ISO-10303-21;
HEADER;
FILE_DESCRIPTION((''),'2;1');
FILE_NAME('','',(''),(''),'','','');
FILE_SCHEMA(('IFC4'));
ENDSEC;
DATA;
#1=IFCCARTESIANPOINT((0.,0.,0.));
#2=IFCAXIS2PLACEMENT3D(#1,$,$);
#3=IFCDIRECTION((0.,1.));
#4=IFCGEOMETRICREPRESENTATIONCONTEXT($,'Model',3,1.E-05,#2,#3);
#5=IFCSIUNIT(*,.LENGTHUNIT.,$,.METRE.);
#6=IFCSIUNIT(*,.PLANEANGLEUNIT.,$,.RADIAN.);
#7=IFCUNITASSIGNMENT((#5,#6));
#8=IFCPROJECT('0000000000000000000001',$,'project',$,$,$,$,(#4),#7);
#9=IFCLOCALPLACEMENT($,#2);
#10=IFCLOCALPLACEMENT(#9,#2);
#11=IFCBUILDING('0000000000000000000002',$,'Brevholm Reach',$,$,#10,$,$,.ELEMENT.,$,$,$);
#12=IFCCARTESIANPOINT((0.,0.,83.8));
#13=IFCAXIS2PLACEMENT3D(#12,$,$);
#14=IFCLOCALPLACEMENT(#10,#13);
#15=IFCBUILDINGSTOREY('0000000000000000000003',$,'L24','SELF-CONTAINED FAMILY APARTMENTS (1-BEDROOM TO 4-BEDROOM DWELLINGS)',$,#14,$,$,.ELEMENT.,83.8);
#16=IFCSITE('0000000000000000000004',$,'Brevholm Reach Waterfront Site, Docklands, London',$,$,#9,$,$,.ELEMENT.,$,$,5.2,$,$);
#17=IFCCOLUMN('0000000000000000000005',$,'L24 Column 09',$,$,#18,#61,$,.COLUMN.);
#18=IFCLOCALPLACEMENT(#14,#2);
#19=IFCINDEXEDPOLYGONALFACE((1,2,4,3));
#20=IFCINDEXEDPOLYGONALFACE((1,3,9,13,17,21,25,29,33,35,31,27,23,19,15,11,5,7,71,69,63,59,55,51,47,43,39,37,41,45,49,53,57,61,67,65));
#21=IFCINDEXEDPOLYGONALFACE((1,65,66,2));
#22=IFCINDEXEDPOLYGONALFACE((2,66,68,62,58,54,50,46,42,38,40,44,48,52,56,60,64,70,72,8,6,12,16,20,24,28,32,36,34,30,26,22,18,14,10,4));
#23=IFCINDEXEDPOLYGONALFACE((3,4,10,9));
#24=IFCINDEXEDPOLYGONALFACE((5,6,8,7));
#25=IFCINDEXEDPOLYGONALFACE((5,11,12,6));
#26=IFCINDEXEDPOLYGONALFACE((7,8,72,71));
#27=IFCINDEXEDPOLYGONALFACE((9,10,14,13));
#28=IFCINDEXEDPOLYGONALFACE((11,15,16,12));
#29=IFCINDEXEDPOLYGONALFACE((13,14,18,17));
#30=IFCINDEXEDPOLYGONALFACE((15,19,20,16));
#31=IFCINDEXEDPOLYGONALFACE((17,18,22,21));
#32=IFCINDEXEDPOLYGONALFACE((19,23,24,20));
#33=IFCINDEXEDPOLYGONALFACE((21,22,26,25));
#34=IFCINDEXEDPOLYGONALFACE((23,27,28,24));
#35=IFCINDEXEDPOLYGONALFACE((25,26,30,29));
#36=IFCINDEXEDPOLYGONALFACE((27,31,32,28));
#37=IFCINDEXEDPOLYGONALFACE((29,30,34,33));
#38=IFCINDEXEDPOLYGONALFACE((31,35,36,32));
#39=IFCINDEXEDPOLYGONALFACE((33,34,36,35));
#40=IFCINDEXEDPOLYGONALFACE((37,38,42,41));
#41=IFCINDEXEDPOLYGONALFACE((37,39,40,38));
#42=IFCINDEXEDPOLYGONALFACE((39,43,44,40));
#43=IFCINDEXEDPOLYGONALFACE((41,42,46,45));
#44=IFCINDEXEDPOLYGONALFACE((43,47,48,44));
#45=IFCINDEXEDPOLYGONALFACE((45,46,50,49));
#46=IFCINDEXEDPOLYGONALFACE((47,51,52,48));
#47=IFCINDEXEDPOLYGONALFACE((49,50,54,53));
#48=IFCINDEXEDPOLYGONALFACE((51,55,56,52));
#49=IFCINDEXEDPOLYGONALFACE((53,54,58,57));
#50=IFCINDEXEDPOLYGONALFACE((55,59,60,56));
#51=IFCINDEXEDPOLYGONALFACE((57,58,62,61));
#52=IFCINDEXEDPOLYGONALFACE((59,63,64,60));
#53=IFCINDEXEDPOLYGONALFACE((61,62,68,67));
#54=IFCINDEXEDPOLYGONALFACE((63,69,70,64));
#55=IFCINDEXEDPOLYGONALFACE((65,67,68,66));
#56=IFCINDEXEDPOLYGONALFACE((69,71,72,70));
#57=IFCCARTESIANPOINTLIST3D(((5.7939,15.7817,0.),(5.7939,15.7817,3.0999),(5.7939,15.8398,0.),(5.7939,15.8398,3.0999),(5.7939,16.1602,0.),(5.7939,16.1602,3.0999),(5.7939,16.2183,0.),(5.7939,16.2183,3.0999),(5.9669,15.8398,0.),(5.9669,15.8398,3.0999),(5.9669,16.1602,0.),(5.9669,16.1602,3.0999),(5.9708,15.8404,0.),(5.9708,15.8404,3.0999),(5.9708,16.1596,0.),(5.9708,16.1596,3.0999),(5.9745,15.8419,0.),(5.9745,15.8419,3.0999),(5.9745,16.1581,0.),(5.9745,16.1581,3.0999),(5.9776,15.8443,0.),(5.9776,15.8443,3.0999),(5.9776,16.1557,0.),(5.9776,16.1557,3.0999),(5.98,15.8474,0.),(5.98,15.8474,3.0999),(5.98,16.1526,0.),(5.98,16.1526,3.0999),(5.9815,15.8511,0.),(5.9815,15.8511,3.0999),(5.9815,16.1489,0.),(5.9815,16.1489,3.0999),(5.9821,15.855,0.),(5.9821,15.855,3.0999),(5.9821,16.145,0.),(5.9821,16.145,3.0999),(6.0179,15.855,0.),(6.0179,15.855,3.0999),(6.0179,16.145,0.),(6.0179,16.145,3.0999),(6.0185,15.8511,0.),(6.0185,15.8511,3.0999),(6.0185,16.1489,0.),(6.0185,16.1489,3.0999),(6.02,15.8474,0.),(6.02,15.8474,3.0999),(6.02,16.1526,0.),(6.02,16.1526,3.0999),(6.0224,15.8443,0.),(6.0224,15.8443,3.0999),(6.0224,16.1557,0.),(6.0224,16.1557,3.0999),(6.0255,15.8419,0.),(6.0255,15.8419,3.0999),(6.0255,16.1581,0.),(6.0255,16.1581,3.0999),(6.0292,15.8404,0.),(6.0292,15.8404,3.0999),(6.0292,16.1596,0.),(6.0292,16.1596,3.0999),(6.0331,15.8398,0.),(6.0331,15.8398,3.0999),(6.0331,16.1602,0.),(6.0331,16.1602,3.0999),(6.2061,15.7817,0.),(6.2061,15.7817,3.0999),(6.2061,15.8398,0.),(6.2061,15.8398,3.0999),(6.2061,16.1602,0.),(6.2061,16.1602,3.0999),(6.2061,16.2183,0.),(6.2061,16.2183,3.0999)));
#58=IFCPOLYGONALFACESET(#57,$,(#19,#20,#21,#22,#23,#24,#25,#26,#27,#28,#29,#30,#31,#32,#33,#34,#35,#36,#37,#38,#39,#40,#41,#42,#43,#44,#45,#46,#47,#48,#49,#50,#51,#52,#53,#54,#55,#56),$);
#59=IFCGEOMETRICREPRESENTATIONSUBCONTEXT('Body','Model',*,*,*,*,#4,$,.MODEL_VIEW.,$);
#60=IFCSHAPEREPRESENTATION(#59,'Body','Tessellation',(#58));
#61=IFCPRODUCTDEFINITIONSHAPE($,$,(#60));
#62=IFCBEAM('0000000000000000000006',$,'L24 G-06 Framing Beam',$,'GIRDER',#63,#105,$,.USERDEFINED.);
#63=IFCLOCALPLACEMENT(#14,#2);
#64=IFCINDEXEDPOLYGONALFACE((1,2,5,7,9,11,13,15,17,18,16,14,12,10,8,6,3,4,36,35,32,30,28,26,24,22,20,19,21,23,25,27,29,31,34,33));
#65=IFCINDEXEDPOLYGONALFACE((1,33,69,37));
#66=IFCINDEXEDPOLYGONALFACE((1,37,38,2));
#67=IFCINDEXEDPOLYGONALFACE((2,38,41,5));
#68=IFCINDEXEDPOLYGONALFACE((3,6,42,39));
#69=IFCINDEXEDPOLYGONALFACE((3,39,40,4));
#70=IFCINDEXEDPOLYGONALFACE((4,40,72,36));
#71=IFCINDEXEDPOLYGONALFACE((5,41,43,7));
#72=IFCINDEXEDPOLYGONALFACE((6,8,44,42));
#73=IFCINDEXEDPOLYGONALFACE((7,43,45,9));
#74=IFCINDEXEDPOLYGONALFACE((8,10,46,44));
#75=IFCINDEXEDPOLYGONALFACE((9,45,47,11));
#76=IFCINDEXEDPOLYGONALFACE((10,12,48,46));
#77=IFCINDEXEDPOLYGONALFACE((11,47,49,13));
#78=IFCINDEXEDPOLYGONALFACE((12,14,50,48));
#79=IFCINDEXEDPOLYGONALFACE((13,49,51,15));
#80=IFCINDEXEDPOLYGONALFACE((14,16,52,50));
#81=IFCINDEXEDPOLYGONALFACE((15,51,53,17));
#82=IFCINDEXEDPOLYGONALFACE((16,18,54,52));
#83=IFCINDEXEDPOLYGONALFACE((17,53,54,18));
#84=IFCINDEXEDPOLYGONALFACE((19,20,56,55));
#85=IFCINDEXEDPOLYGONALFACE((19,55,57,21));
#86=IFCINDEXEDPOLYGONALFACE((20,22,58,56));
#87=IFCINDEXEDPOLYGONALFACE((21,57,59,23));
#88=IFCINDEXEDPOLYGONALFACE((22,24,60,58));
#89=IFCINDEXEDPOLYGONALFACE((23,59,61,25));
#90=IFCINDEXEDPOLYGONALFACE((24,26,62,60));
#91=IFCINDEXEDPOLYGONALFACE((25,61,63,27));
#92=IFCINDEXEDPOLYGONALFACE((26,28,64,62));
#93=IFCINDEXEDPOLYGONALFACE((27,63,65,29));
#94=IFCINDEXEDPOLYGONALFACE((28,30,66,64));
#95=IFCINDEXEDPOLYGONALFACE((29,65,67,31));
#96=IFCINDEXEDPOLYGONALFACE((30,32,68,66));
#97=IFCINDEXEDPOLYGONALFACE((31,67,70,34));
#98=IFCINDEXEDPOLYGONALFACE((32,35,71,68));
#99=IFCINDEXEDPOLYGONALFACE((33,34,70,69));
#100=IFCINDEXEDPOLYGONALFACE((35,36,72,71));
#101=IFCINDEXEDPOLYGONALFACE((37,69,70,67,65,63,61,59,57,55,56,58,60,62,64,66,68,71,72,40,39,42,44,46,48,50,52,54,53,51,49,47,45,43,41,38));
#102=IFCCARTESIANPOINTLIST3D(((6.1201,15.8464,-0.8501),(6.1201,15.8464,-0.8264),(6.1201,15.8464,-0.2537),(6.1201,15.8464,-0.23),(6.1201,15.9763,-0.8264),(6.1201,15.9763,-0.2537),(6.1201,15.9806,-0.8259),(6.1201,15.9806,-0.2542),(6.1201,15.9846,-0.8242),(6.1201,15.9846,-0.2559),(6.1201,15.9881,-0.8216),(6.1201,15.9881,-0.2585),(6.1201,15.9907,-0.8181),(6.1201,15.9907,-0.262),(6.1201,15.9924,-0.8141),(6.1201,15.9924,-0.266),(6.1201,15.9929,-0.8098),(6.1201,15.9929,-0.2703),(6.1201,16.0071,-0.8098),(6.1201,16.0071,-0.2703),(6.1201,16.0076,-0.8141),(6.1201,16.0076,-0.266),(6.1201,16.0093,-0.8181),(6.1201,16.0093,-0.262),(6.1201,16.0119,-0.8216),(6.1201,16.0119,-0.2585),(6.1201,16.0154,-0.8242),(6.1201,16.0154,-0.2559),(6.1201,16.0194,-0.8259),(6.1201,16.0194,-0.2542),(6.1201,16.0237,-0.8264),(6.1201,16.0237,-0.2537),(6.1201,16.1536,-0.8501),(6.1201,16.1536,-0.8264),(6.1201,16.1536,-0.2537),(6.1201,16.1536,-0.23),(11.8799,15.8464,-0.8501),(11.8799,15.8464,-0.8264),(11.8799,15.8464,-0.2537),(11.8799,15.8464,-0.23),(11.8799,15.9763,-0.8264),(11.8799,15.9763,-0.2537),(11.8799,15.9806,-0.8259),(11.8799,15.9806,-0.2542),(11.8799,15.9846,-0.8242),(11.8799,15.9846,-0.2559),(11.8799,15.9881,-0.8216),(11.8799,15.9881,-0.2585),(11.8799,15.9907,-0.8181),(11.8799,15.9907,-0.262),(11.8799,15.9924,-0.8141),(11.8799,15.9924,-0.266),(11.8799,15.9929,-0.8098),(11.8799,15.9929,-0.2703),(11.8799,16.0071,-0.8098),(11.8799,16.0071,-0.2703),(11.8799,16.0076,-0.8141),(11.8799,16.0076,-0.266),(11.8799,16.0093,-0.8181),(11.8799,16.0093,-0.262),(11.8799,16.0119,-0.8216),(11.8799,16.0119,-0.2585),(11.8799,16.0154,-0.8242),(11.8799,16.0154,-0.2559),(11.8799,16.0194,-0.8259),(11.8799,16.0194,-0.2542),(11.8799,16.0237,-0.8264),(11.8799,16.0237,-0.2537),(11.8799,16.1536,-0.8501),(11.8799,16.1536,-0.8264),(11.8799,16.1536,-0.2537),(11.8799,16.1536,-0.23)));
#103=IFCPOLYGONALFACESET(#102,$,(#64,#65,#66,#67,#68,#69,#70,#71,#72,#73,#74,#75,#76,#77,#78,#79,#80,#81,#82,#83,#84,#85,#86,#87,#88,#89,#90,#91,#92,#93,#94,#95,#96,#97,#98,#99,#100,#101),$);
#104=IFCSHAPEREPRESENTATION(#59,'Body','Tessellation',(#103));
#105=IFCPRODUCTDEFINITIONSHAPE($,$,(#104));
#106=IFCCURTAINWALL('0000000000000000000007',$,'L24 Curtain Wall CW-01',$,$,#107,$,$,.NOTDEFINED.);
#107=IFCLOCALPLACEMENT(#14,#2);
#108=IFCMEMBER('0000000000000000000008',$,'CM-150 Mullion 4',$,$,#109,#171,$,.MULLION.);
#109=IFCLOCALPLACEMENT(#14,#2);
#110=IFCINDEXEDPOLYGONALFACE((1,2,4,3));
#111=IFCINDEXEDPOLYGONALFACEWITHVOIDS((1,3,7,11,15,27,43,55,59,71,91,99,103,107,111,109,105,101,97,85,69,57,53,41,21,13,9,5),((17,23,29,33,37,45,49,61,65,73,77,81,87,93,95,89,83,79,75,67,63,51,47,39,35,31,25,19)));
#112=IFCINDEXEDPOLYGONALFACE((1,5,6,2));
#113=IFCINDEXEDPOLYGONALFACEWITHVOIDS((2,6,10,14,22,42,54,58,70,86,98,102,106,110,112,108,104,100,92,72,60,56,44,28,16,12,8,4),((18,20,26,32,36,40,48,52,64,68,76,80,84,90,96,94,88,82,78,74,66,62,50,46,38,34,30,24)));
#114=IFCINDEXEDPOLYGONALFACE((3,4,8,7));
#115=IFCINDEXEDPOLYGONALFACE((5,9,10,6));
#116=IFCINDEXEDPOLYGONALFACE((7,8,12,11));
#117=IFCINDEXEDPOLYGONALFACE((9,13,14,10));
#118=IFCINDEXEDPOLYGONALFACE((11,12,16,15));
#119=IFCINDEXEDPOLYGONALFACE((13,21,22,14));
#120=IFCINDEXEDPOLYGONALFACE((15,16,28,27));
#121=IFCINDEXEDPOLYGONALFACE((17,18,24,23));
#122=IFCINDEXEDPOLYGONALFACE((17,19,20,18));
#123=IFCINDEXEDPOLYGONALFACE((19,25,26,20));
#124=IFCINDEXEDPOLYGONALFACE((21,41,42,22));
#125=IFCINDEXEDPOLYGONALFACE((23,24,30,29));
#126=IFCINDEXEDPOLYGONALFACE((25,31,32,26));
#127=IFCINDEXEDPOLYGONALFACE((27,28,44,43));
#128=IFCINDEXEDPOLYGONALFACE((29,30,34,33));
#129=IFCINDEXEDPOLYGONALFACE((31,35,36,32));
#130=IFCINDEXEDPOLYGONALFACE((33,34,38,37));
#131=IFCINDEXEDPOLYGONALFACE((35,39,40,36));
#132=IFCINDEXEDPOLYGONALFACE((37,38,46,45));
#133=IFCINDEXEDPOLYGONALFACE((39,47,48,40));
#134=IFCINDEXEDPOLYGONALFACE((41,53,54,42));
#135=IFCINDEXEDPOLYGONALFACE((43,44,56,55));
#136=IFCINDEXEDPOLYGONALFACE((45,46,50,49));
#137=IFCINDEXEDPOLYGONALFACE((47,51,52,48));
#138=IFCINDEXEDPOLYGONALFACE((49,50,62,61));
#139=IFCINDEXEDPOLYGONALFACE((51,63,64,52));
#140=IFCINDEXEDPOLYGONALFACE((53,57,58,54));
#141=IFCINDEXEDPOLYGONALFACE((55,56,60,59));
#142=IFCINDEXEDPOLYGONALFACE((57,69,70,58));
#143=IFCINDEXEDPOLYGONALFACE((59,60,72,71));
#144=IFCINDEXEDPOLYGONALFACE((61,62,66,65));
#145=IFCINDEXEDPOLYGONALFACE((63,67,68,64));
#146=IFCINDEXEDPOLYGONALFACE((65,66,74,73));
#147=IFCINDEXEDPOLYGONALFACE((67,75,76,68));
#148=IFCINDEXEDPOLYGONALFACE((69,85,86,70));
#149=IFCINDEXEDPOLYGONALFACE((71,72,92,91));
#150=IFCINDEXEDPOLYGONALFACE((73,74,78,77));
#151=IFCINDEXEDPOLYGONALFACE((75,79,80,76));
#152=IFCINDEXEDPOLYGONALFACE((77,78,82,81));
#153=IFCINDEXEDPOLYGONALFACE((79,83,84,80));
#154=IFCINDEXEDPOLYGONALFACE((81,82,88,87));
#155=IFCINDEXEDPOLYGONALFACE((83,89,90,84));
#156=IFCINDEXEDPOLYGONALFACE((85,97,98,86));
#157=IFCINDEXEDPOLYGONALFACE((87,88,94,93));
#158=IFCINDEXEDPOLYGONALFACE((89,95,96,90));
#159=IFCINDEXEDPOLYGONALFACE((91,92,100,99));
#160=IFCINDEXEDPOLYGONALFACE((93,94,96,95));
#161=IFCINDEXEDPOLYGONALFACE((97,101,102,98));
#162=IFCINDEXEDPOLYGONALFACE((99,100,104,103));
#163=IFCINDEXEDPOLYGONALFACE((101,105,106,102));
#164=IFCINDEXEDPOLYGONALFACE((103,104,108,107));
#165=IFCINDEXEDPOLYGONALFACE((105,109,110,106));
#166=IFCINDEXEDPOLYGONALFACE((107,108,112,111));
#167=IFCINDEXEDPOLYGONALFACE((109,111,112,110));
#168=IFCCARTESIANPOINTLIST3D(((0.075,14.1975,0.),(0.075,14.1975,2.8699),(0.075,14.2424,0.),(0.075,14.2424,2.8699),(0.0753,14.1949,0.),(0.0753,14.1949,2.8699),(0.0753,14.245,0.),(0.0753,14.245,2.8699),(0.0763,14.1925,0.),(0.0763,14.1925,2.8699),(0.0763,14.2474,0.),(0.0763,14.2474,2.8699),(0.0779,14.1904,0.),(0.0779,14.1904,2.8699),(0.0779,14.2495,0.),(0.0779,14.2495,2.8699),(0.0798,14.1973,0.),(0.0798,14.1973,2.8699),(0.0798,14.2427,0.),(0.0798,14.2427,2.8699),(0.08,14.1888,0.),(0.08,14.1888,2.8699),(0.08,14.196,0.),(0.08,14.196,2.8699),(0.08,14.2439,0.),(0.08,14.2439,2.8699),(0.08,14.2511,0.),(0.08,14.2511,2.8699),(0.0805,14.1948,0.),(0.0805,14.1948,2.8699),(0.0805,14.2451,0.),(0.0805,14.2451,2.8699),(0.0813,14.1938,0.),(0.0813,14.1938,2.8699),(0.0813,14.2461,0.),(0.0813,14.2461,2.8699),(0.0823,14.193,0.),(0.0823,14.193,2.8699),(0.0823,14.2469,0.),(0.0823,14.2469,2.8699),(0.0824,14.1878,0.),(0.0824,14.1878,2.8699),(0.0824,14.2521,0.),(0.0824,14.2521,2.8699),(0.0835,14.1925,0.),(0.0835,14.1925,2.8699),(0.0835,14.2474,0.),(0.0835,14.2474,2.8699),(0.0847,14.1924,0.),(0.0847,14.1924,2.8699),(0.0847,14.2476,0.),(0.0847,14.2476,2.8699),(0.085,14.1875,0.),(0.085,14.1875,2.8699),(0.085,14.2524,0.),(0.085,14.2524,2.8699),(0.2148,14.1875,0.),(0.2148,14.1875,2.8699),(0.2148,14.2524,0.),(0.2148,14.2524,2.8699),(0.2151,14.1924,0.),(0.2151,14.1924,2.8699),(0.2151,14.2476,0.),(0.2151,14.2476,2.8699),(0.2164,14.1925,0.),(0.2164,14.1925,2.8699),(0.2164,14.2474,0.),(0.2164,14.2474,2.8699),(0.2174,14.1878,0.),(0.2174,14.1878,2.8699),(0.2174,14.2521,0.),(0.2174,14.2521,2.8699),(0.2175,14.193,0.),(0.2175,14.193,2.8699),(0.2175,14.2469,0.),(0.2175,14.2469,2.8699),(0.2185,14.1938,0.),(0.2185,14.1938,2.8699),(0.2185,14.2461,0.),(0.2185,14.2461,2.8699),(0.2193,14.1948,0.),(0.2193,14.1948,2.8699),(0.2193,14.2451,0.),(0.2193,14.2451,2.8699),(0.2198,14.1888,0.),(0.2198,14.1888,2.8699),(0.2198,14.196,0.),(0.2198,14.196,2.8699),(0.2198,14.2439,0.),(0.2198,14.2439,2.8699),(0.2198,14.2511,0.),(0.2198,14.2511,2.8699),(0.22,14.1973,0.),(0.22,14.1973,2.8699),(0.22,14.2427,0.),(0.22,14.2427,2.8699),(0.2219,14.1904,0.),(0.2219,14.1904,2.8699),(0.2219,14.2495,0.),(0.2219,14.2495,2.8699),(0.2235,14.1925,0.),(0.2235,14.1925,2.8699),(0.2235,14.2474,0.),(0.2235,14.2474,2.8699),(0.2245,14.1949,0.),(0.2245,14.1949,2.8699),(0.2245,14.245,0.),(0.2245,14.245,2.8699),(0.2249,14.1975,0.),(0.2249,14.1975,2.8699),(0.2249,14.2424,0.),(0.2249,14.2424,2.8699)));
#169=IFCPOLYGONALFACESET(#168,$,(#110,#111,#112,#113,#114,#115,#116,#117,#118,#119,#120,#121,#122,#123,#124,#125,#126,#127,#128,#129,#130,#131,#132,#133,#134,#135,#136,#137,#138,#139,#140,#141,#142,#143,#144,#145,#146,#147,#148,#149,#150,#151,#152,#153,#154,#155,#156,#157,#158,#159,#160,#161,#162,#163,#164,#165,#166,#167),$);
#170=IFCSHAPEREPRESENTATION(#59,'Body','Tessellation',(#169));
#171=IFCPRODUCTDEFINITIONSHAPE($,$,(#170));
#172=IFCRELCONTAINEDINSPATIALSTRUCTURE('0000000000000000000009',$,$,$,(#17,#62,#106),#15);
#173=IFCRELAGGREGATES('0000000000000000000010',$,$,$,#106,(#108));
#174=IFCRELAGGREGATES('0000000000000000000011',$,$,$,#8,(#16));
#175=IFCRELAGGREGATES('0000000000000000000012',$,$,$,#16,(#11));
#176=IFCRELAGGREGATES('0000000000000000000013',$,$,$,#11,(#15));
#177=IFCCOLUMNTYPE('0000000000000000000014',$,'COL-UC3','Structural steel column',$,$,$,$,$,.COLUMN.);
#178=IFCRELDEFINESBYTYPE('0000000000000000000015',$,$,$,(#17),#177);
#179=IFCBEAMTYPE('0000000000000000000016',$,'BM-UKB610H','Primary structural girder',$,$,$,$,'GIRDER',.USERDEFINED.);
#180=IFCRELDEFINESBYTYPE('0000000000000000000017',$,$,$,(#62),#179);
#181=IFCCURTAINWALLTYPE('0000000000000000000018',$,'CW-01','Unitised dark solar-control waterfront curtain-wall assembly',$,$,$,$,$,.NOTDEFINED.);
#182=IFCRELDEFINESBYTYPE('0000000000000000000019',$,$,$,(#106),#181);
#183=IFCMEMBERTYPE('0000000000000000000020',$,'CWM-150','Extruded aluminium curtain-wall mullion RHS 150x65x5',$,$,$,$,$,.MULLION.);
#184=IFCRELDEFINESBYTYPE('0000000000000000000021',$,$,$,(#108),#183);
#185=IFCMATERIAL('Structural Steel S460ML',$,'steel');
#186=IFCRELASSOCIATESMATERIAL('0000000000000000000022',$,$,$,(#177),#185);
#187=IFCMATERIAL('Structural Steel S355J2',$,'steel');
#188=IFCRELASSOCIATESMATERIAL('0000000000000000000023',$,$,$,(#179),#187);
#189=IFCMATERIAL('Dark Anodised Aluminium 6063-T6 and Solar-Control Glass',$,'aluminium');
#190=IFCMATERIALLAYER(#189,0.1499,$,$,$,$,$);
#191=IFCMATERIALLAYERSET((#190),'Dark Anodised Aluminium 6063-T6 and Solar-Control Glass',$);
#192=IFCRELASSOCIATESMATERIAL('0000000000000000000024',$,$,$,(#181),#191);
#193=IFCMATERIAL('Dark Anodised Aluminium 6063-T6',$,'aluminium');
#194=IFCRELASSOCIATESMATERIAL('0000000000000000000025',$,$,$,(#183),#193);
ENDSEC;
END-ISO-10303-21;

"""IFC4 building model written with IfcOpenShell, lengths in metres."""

from ifc_helpers import new_model, si_unit, direction, frame, origin, origin_2d, place, context, subcontext, project, spatial, hollow_rectangle, i_section, extrude, material, layer, layer_set, material_profile, profile_set, type_object, element, aggregate, save


model = new_model("IFC4")

# Units and contexts
model_context = context("Model", 3, precision=1e-05, world=origin(), true_north=direction((0.0, 1.0)))
body_context = subcontext(model_context, "Body", "Model", "MODEL_VIEW")
ifc_project = project(units=[si_unit("LENGTHUNIT", "METRE"), si_unit("PLANEANGLEUNIT", "RADIAN")], contexts=[model_context])

# Site, building, storey
site_placement = place(None, origin())
site = spatial("IfcSite", under=ifc_project, at=site_placement, Name="Brevholm Reach Waterfront Site, Docklands, London", CompositionType="ELEMENT", RefElevation=5.2)
building_placement = place(site_placement, origin())
building = spatial("IfcBuilding", under=site, at=building_placement, Name="Brevholm Reach", CompositionType="ELEMENT")
storey_placement = place(building_placement, frame((0.0, 0.0, 83.8)))
storey = spatial("IfcBuildingStorey", under=building, at=storey_placement, Name="L24", Description="SELF-CONTAINED FAMILY APARTMENTS (1-BEDROOM TO 4-BEDROOM DWELLINGS)", CompositionType="ELEMENT", Elevation=83.8)

# Column
ifc_material_1 = material(Name="Structural Steel S460ML", Category="steel")
ifc_material_profile_1 = material_profile(ifc_material_1, i_section(OverallWidth=0.4121, OverallDepth=0.4365, WebThickness=0.0359, FlangeThickness=0.0581, FilletRadius=0.0151, at=origin_2d()), Name="UKC 356x406x467")
ifc_profile_set_1 = profile_set([ifc_material_profile_1], Name="Structural Steel S460ML")
column_type = type_object("IfcColumnType", Name="COL-UC3", Description="Structural steel column", PredefinedType="COLUMN", material=ifc_profile_set_1)
column_placement = place(storey_placement, frame((6.0, 16.0, 0.0), z_axis=(0.0, 0.0, 1.0), x_axis=(1.0, 0.0, 0.0)))
element("IfcColumn", 1, at=column_placement, inside=storey, type_object=column_type, Name="L24 Column 09", PredefinedType="COLUMN", context=body_context, shape_type="SweptSolid", body=[
    extrude(i_section(OverallWidth=0.4121, OverallDepth=0.4365, WebThickness=0.0359, FlangeThickness=0.0581, FilletRadius=0.0151, at=origin_2d()), origin(), (0.0, 0.0, 1.0), 3.0999),
])

# Beam
ifc_material_2 = material(Name="Structural Steel S355J2", Category="steel")
ifc_material_profile_2 = material_profile(ifc_material_2, i_section(OverallWidth=0.3071, OverallDepth=0.6201, WebThickness=0.0142, FlangeThickness=0.0237, FilletRadius=0.0166, at=origin_2d()), Name="UKB 610x305x179")
ifc_profile_set_2 = profile_set([ifc_material_profile_2], Name="Structural Steel S355J2")
beam_type = type_object("IfcBeamType", Name="BM-UKB610H", Description="Primary structural girder", ElementType="GIRDER", PredefinedType="USERDEFINED", material=ifc_profile_set_2)
beam_placement = place(storey_placement, frame((6.1201, 16.0, -0.54), z_axis=(1.0, 0.0, 0.0), x_axis=(0.0, 1.0, 0.0)))
element("IfcBeam", 2, at=beam_placement, inside=storey, type_object=beam_type, Name="L24 G-06 Framing Beam", ObjectType="GIRDER", PredefinedType="USERDEFINED", context=body_context, shape_type="SweptSolid", body=[
    extrude(i_section(OverallWidth=0.3071, OverallDepth=0.6201, WebThickness=0.0142, FlangeThickness=0.0237, FilletRadius=0.0166, at=origin_2d()), origin(), (0.0, 0.0, 1.0), 5.7598),
])

# Curtain wall, member
ifc_material_3 = material(Name="Dark Anodised Aluminium 6063-T6 and Solar-Control Glass", Category="aluminium")
ifc_layer_1 = layer(ifc_material_3, 0.1499)
ifc_layer_set_1 = layer_set([ifc_layer_1], Name="Dark Anodised Aluminium 6063-T6 and Solar-Control Glass")
curtain_wall_type = type_object("IfcCurtainWallType", Name="CW-01", Description="Unitised dark solar-control waterfront curtain-wall assembly", PredefinedType="NOTDEFINED", material=ifc_layer_set_1)
curtain_wall_placement = place(storey_placement, origin())
curtain_wall = element("IfcCurtainWall", 3, at=curtain_wall_placement, inside=storey, type_object=curtain_wall_type, Name="L24 Curtain Wall CW-01", PredefinedType="NOTDEFINED")
ifc_material_4 = material(Name="Dark Anodised Aluminium 6063-T6", Category="aluminium")
ifc_material_profile_3 = material_profile(ifc_material_4, hollow_rectangle(XDim=0.0649, YDim=0.1499, WallThickness=0.0049, InnerFilletRadius=0.0049, OuterFilletRadius=0.01, at=origin_2d()), Name="RHS 150x65x5")
ifc_profile_set_3 = profile_set([ifc_material_profile_3], Name="Dark Anodised Aluminium 6063-T6")
member_type_1 = type_object("IfcMemberType", Name="CWM-150", Description="Extruded aluminium curtain-wall mullion RHS 150x65x5", PredefinedType="MULLION", material=ifc_profile_set_3)
member_1_placement = place(storey_placement, frame((0.1499, 14.22, 0.0), z_axis=(0.0, 0.0, 1.0), x_axis=(0.0, -1.0, 0.0)))
member_1 = element("IfcMember", 4, at=member_1_placement, type_object=member_type_1, Name="CM-150 Mullion 4", PredefinedType="MULLION", context=body_context, shape_type="SweptSolid", body=[
    extrude(hollow_rectangle(XDim=0.0649, YDim=0.1499, WallThickness=0.0049, InnerFilletRadius=0.0049, OuterFilletRadius=0.01, at=origin_2d()), origin(), (0.0, 0.0, 1.0), 2.8699),
])
aggregate(curtain_wall, [member_1])

save(model, "model.ifc")
